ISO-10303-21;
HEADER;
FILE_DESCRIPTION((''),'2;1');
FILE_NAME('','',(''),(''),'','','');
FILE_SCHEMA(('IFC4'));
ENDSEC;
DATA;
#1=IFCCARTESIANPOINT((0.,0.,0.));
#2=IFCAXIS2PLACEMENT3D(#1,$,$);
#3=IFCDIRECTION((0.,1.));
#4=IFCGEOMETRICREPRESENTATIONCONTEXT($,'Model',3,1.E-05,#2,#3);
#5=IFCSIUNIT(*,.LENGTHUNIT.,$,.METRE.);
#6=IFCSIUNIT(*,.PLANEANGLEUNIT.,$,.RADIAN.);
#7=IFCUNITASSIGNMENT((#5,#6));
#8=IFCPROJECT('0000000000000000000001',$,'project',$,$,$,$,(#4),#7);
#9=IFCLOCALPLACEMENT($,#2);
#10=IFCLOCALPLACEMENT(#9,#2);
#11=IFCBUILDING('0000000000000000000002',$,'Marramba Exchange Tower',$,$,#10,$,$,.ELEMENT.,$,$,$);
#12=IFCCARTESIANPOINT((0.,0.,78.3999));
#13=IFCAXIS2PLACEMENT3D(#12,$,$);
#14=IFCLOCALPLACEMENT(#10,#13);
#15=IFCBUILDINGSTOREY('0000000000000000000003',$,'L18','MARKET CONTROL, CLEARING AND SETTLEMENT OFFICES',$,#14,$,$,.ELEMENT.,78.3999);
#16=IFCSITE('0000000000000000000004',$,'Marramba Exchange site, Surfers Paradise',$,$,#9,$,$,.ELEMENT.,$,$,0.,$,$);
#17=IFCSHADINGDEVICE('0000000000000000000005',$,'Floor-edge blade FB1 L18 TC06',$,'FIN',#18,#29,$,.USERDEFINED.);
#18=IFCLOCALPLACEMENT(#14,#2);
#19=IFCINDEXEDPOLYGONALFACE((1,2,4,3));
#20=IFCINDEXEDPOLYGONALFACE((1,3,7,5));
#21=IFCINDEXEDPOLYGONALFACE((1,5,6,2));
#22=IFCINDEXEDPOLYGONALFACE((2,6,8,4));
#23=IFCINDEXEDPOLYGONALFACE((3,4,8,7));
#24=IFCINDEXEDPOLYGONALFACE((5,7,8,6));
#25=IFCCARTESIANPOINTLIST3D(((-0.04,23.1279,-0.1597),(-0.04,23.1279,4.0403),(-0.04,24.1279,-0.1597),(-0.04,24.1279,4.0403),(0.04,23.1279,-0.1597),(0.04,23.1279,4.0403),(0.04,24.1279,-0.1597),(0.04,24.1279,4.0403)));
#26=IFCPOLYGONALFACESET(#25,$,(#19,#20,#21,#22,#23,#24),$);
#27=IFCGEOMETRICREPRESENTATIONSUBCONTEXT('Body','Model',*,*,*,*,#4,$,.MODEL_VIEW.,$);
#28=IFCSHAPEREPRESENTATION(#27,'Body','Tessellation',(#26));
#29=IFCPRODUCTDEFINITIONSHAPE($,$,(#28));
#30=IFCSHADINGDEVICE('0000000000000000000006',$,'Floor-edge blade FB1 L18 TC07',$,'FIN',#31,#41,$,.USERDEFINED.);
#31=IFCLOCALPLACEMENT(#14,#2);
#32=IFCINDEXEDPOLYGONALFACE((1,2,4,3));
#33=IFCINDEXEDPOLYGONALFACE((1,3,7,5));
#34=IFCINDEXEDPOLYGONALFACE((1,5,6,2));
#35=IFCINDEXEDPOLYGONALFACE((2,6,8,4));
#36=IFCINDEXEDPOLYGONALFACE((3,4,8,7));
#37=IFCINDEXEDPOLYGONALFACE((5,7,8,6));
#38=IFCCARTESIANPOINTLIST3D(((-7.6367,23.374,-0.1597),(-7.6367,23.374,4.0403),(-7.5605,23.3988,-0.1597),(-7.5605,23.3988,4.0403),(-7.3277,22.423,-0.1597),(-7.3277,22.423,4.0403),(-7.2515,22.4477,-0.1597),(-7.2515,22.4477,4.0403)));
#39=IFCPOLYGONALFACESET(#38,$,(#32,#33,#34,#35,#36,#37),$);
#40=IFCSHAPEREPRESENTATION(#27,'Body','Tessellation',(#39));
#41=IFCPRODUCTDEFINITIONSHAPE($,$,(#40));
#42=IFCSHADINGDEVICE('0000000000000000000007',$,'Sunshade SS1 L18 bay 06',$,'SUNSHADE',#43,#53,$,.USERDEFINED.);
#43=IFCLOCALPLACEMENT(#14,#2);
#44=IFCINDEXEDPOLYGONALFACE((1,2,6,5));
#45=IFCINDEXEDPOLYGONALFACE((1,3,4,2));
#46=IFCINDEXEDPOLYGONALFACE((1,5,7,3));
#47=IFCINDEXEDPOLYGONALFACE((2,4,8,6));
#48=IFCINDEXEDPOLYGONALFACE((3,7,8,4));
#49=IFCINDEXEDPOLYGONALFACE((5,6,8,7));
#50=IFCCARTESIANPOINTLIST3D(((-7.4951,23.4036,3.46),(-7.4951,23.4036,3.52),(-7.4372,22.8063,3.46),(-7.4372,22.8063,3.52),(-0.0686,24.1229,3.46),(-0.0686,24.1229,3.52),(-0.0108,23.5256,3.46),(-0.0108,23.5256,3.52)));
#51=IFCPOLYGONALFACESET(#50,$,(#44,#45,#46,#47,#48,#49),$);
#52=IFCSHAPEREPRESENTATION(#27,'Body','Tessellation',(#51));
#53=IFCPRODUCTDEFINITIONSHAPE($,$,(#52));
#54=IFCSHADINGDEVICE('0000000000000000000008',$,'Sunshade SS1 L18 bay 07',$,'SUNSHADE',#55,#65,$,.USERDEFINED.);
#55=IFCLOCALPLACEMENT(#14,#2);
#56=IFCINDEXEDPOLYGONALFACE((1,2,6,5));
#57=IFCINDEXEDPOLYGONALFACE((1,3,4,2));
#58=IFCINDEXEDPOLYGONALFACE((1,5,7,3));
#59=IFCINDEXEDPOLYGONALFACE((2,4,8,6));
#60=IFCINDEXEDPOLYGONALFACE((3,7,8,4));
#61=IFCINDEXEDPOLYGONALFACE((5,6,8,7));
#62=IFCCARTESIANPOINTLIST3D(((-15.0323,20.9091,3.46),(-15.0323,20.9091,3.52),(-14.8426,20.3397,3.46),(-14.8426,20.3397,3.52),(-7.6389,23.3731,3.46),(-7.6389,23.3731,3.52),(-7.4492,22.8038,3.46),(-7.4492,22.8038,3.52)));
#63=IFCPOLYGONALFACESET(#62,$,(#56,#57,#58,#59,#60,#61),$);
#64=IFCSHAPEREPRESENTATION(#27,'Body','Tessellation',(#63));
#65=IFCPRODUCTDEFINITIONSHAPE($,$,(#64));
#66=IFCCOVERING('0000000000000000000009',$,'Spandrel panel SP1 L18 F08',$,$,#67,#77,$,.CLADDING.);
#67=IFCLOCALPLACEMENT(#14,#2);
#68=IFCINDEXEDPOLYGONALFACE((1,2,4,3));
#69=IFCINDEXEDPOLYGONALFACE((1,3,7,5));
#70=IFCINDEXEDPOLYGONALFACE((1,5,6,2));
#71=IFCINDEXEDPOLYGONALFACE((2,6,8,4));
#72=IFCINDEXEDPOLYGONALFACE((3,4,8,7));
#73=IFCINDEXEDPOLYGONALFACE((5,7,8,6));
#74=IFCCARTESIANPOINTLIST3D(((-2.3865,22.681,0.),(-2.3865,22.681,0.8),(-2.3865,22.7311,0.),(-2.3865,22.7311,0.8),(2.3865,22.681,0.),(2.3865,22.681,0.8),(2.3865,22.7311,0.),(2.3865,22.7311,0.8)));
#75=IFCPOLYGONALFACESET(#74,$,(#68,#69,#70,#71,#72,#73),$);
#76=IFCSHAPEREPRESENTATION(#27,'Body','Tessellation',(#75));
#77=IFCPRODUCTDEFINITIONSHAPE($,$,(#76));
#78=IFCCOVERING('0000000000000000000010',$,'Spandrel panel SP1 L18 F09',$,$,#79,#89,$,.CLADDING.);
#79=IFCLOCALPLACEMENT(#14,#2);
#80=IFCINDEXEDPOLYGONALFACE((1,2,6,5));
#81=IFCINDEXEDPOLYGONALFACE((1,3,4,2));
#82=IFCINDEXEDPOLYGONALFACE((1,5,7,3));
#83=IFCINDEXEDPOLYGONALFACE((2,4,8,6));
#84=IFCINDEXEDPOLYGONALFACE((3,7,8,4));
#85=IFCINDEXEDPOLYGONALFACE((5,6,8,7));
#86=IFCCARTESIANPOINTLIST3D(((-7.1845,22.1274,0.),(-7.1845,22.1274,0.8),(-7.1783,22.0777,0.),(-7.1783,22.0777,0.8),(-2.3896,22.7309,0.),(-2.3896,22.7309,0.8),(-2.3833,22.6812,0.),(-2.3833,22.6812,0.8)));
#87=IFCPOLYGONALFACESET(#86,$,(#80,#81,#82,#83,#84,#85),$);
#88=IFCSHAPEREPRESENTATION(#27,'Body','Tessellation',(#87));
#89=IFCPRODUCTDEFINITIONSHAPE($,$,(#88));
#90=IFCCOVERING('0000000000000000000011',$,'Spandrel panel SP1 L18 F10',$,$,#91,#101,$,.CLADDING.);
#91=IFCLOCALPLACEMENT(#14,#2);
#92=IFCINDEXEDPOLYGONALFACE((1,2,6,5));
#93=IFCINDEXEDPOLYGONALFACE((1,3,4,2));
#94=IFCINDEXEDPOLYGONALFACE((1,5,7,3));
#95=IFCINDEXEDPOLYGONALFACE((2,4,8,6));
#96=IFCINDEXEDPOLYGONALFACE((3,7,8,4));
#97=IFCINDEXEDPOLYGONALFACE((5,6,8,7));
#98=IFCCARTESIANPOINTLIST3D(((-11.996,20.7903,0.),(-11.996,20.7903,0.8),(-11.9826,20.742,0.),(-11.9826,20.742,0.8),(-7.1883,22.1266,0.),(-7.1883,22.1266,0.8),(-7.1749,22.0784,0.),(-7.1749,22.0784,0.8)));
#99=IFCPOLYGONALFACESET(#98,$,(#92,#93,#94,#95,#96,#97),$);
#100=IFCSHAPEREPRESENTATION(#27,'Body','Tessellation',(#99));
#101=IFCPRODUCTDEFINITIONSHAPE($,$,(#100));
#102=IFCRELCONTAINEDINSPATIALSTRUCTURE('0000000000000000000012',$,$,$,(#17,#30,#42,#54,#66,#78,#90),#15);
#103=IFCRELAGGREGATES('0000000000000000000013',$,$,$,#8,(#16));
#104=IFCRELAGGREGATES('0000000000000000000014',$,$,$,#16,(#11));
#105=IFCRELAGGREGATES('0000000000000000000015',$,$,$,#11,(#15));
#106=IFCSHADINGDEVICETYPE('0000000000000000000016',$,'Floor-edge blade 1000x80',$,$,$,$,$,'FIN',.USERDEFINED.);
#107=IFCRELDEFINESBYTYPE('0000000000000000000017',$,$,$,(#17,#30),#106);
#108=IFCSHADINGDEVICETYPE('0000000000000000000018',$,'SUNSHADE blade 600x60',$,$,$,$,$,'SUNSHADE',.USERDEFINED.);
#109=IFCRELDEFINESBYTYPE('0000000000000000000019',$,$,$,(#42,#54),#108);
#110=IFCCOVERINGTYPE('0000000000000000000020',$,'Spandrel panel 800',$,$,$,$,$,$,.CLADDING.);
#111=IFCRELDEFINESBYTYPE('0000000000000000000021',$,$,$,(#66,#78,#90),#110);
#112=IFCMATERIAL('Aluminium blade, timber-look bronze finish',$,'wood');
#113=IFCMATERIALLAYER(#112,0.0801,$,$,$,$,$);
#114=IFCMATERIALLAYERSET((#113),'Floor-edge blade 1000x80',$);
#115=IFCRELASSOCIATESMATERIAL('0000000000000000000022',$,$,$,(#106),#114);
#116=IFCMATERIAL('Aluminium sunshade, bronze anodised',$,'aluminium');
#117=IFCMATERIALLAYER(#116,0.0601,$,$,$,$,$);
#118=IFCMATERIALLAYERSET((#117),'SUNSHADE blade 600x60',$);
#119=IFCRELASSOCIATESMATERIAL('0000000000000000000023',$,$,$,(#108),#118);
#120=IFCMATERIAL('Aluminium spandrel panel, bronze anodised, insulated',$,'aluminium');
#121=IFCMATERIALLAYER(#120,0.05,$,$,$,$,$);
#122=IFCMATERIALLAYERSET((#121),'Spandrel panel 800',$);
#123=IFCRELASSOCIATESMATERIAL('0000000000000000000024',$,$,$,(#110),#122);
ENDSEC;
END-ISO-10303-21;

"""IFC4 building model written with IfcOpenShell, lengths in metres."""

from ifc_helpers import new_model, si_unit, direction, frame, origin, origin_2d, place, context, subcontext, project, spatial, rectangle, extrude, material, layer, layer_set, type_object, element, save


model = new_model("IFC4")

# Units and contexts
model_context = context("Model", 3, precision=1e-05, world=origin(), true_north=direction((0.0, 1.0)))
body_context = subcontext(model_context, "Body", "Model", "MODEL_VIEW")
ifc_project = project(units=[si_unit("LENGTHUNIT", "METRE"), si_unit("PLANEANGLEUNIT", "RADIAN")], contexts=[model_context])

# Site, building, storey
site_placement = place(None, origin())
site = spatial("IfcSite", under=ifc_project, at=site_placement, Name="Marramba Exchange site, Surfers Paradise", CompositionType="ELEMENT", RefElevation=0.0)
building_placement = place(site_placement, origin())
building = spatial("IfcBuilding", under=site, at=building_placement, Name="Marramba Exchange Tower", CompositionType="ELEMENT")
storey_placement = place(building_placement, frame((0.0, 0.0, 78.3999)))
storey = spatial("IfcBuildingStorey", under=building, at=storey_placement, Name="L18", Description="MARKET CONTROL, CLEARING AND SETTLEMENT OFFICES", CompositionType="ELEMENT", Elevation=78.3999)

# Shading devices
ifc_material_1 = material(Name="Aluminium blade, timber-look bronze finish", Category="wood")
ifc_layer_1 = layer(ifc_material_1, 0.0801)
ifc_layer_set_1 = layer_set([ifc_layer_1], Name="Floor-edge blade 1000x80")
shading_device_type_1 = type_object("IfcShadingDeviceType", Name="Floor-edge blade 1000x80", ElementType="FIN", PredefinedType="USERDEFINED", material=ifc_layer_set_1)
for number, where, z_axis, x_axis, name in (
    (1, (0.0, 23.6279, -0.1597), (0.0, 0.0, 1.0), (0.0, 1.0, 0.0), "Floor-edge blade FB1 L18 TC06"),
    (2, (-7.4441, 22.9109, -0.1597), (0.0, 0.0, 1.0), (-0.309017, 0.951057, 0.0), "Floor-edge blade FB1 L18 TC07"),
):
    element("IfcShadingDevice", number, at=place(storey_placement, frame(where, z_axis=z_axis, x_axis=x_axis)), inside=storey, type_object=shading_device_type_1, Name=name, ObjectType="FIN", PredefinedType="USERDEFINED", context=body_context, shape_type="SweptSolid", body=[
        extrude(rectangle(XDim=1.0, YDim=0.0801, at=origin_2d()), origin(), (0.0, 0.0, 1.0), 4.2),
    ])
ifc_material_2 = material(Name="Aluminium sunshade, bronze anodised", Category="aluminium")
ifc_layer_2 = layer(ifc_material_2, 0.0601)
ifc_layer_set_2 = layer_set([ifc_layer_2], Name="SUNSHADE blade 600x60")
shading_device_type_2 = type_object("IfcShadingDeviceType", Name="SUNSHADE blade 600x60", ElementType="SUNSHADE", PredefinedType="USERDEFINED", material=ifc_layer_set_2)
shading_device_1_placement = place(storey_placement, frame((-3.7529, 23.4646, 3.46), z_axis=(0.0, 0.0, 1.0), x_axis=(-0.995343, -0.096398, 0.0)))
element("IfcShadingDevice", 3, at=shading_device_1_placement, inside=storey, type_object=shading_device_type_2, Name="Sunshade SS1 L18 bay 06", ObjectType="SUNSHADE", PredefinedType="USERDEFINED", context=body_context, shape_type="SweptSolid", body=[
    extrude(rectangle(XDim=7.4612, YDim=0.6001, at=origin_2d()), origin(), (0.0, 0.0, 1.0), 0.0601),
])
shading_device_2_placement = place(storey_placement, frame((-11.2407, 21.8564, 3.46), z_axis=(0.0, 0.0, 1.0), x_axis=(-0.948698, -0.316184, 0.0)))
element("IfcShadingDevice", 4, at=shading_device_2_placement, inside=storey, type_object=shading_device_type_2, Name="Sunshade SS1 L18 bay 07", ObjectType="SUNSHADE", PredefinedType="USERDEFINED", context=body_context, shape_type="SweptSolid", body=[
    extrude(rectangle(XDim=7.7932, YDim=0.6001, at=origin_2d()), origin(), (0.0, 0.0, 1.0), 0.0601),
])

# Coverings
ifc_material_3 = material(Name="Aluminium spandrel panel, bronze anodised, insulated", Category="aluminium")
ifc_layer_3 = layer(ifc_material_3, 0.05)
ifc_layer_set_3 = layer_set([ifc_layer_3], Name="Spandrel panel 800")
covering_type = type_object("IfcCoveringType", Name="Spandrel panel 800", PredefinedType="CLADDING", material=ifc_layer_set_3)
covering_1_placement = place(storey_placement, frame((0.0, 22.7061, 0.0), z_axis=(0.0, 0.0, 1.0), x_axis=(-1.0, 0.0, 0.0)))
element("IfcCovering", 5, at=covering_1_placement, inside=storey, type_object=covering_type, Name="Spandrel panel SP1 L18 F08", PredefinedType="CLADDING", context=body_context, shape_type="SweptSolid", body=[
    extrude(rectangle(XDim=4.7729, YDim=0.05, at=origin_2d()), origin(), (0.0, 0.0, 1.0), 0.8),
])
covering_2_placement = place(storey_placement, frame((-4.7839, 22.4043, 0.0), z_axis=(0.0, 0.0, 1.0), x_axis=(-0.992173, -0.124873, 0.0)))
element("IfcCovering", 6, at=covering_2_placement, inside=storey, type_object=covering_type, Name="Spandrel panel SP1 L18 F09", PredefinedType="CLADDING", context=body_context, shape_type="SweptSolid", body=[
    extrude(rectangle(XDim=4.8328, YDim=0.05, at=origin_2d()), origin(), (0.0, 0.0, 1.0), 0.8),
])
covering_3_placement = place(storey_placement, frame((-9.5854, 21.4343, 0.0), z_axis=(0.0, 0.0, 1.0), x_axis=(-0.963472, -0.267809, 0.0)))
element("IfcCovering", 7, at=covering_3_placement, inside=storey, type_object=covering_type, Name="Spandrel panel SP1 L18 F10", PredefinedType="CLADDING", context=body_context, shape_type="SweptSolid", body=[
    extrude(rectangle(XDim=4.99, YDim=0.05, at=origin_2d()), origin(), (0.0, 0.0, 1.0), 0.8),
])

save(model, "model.ifc")
